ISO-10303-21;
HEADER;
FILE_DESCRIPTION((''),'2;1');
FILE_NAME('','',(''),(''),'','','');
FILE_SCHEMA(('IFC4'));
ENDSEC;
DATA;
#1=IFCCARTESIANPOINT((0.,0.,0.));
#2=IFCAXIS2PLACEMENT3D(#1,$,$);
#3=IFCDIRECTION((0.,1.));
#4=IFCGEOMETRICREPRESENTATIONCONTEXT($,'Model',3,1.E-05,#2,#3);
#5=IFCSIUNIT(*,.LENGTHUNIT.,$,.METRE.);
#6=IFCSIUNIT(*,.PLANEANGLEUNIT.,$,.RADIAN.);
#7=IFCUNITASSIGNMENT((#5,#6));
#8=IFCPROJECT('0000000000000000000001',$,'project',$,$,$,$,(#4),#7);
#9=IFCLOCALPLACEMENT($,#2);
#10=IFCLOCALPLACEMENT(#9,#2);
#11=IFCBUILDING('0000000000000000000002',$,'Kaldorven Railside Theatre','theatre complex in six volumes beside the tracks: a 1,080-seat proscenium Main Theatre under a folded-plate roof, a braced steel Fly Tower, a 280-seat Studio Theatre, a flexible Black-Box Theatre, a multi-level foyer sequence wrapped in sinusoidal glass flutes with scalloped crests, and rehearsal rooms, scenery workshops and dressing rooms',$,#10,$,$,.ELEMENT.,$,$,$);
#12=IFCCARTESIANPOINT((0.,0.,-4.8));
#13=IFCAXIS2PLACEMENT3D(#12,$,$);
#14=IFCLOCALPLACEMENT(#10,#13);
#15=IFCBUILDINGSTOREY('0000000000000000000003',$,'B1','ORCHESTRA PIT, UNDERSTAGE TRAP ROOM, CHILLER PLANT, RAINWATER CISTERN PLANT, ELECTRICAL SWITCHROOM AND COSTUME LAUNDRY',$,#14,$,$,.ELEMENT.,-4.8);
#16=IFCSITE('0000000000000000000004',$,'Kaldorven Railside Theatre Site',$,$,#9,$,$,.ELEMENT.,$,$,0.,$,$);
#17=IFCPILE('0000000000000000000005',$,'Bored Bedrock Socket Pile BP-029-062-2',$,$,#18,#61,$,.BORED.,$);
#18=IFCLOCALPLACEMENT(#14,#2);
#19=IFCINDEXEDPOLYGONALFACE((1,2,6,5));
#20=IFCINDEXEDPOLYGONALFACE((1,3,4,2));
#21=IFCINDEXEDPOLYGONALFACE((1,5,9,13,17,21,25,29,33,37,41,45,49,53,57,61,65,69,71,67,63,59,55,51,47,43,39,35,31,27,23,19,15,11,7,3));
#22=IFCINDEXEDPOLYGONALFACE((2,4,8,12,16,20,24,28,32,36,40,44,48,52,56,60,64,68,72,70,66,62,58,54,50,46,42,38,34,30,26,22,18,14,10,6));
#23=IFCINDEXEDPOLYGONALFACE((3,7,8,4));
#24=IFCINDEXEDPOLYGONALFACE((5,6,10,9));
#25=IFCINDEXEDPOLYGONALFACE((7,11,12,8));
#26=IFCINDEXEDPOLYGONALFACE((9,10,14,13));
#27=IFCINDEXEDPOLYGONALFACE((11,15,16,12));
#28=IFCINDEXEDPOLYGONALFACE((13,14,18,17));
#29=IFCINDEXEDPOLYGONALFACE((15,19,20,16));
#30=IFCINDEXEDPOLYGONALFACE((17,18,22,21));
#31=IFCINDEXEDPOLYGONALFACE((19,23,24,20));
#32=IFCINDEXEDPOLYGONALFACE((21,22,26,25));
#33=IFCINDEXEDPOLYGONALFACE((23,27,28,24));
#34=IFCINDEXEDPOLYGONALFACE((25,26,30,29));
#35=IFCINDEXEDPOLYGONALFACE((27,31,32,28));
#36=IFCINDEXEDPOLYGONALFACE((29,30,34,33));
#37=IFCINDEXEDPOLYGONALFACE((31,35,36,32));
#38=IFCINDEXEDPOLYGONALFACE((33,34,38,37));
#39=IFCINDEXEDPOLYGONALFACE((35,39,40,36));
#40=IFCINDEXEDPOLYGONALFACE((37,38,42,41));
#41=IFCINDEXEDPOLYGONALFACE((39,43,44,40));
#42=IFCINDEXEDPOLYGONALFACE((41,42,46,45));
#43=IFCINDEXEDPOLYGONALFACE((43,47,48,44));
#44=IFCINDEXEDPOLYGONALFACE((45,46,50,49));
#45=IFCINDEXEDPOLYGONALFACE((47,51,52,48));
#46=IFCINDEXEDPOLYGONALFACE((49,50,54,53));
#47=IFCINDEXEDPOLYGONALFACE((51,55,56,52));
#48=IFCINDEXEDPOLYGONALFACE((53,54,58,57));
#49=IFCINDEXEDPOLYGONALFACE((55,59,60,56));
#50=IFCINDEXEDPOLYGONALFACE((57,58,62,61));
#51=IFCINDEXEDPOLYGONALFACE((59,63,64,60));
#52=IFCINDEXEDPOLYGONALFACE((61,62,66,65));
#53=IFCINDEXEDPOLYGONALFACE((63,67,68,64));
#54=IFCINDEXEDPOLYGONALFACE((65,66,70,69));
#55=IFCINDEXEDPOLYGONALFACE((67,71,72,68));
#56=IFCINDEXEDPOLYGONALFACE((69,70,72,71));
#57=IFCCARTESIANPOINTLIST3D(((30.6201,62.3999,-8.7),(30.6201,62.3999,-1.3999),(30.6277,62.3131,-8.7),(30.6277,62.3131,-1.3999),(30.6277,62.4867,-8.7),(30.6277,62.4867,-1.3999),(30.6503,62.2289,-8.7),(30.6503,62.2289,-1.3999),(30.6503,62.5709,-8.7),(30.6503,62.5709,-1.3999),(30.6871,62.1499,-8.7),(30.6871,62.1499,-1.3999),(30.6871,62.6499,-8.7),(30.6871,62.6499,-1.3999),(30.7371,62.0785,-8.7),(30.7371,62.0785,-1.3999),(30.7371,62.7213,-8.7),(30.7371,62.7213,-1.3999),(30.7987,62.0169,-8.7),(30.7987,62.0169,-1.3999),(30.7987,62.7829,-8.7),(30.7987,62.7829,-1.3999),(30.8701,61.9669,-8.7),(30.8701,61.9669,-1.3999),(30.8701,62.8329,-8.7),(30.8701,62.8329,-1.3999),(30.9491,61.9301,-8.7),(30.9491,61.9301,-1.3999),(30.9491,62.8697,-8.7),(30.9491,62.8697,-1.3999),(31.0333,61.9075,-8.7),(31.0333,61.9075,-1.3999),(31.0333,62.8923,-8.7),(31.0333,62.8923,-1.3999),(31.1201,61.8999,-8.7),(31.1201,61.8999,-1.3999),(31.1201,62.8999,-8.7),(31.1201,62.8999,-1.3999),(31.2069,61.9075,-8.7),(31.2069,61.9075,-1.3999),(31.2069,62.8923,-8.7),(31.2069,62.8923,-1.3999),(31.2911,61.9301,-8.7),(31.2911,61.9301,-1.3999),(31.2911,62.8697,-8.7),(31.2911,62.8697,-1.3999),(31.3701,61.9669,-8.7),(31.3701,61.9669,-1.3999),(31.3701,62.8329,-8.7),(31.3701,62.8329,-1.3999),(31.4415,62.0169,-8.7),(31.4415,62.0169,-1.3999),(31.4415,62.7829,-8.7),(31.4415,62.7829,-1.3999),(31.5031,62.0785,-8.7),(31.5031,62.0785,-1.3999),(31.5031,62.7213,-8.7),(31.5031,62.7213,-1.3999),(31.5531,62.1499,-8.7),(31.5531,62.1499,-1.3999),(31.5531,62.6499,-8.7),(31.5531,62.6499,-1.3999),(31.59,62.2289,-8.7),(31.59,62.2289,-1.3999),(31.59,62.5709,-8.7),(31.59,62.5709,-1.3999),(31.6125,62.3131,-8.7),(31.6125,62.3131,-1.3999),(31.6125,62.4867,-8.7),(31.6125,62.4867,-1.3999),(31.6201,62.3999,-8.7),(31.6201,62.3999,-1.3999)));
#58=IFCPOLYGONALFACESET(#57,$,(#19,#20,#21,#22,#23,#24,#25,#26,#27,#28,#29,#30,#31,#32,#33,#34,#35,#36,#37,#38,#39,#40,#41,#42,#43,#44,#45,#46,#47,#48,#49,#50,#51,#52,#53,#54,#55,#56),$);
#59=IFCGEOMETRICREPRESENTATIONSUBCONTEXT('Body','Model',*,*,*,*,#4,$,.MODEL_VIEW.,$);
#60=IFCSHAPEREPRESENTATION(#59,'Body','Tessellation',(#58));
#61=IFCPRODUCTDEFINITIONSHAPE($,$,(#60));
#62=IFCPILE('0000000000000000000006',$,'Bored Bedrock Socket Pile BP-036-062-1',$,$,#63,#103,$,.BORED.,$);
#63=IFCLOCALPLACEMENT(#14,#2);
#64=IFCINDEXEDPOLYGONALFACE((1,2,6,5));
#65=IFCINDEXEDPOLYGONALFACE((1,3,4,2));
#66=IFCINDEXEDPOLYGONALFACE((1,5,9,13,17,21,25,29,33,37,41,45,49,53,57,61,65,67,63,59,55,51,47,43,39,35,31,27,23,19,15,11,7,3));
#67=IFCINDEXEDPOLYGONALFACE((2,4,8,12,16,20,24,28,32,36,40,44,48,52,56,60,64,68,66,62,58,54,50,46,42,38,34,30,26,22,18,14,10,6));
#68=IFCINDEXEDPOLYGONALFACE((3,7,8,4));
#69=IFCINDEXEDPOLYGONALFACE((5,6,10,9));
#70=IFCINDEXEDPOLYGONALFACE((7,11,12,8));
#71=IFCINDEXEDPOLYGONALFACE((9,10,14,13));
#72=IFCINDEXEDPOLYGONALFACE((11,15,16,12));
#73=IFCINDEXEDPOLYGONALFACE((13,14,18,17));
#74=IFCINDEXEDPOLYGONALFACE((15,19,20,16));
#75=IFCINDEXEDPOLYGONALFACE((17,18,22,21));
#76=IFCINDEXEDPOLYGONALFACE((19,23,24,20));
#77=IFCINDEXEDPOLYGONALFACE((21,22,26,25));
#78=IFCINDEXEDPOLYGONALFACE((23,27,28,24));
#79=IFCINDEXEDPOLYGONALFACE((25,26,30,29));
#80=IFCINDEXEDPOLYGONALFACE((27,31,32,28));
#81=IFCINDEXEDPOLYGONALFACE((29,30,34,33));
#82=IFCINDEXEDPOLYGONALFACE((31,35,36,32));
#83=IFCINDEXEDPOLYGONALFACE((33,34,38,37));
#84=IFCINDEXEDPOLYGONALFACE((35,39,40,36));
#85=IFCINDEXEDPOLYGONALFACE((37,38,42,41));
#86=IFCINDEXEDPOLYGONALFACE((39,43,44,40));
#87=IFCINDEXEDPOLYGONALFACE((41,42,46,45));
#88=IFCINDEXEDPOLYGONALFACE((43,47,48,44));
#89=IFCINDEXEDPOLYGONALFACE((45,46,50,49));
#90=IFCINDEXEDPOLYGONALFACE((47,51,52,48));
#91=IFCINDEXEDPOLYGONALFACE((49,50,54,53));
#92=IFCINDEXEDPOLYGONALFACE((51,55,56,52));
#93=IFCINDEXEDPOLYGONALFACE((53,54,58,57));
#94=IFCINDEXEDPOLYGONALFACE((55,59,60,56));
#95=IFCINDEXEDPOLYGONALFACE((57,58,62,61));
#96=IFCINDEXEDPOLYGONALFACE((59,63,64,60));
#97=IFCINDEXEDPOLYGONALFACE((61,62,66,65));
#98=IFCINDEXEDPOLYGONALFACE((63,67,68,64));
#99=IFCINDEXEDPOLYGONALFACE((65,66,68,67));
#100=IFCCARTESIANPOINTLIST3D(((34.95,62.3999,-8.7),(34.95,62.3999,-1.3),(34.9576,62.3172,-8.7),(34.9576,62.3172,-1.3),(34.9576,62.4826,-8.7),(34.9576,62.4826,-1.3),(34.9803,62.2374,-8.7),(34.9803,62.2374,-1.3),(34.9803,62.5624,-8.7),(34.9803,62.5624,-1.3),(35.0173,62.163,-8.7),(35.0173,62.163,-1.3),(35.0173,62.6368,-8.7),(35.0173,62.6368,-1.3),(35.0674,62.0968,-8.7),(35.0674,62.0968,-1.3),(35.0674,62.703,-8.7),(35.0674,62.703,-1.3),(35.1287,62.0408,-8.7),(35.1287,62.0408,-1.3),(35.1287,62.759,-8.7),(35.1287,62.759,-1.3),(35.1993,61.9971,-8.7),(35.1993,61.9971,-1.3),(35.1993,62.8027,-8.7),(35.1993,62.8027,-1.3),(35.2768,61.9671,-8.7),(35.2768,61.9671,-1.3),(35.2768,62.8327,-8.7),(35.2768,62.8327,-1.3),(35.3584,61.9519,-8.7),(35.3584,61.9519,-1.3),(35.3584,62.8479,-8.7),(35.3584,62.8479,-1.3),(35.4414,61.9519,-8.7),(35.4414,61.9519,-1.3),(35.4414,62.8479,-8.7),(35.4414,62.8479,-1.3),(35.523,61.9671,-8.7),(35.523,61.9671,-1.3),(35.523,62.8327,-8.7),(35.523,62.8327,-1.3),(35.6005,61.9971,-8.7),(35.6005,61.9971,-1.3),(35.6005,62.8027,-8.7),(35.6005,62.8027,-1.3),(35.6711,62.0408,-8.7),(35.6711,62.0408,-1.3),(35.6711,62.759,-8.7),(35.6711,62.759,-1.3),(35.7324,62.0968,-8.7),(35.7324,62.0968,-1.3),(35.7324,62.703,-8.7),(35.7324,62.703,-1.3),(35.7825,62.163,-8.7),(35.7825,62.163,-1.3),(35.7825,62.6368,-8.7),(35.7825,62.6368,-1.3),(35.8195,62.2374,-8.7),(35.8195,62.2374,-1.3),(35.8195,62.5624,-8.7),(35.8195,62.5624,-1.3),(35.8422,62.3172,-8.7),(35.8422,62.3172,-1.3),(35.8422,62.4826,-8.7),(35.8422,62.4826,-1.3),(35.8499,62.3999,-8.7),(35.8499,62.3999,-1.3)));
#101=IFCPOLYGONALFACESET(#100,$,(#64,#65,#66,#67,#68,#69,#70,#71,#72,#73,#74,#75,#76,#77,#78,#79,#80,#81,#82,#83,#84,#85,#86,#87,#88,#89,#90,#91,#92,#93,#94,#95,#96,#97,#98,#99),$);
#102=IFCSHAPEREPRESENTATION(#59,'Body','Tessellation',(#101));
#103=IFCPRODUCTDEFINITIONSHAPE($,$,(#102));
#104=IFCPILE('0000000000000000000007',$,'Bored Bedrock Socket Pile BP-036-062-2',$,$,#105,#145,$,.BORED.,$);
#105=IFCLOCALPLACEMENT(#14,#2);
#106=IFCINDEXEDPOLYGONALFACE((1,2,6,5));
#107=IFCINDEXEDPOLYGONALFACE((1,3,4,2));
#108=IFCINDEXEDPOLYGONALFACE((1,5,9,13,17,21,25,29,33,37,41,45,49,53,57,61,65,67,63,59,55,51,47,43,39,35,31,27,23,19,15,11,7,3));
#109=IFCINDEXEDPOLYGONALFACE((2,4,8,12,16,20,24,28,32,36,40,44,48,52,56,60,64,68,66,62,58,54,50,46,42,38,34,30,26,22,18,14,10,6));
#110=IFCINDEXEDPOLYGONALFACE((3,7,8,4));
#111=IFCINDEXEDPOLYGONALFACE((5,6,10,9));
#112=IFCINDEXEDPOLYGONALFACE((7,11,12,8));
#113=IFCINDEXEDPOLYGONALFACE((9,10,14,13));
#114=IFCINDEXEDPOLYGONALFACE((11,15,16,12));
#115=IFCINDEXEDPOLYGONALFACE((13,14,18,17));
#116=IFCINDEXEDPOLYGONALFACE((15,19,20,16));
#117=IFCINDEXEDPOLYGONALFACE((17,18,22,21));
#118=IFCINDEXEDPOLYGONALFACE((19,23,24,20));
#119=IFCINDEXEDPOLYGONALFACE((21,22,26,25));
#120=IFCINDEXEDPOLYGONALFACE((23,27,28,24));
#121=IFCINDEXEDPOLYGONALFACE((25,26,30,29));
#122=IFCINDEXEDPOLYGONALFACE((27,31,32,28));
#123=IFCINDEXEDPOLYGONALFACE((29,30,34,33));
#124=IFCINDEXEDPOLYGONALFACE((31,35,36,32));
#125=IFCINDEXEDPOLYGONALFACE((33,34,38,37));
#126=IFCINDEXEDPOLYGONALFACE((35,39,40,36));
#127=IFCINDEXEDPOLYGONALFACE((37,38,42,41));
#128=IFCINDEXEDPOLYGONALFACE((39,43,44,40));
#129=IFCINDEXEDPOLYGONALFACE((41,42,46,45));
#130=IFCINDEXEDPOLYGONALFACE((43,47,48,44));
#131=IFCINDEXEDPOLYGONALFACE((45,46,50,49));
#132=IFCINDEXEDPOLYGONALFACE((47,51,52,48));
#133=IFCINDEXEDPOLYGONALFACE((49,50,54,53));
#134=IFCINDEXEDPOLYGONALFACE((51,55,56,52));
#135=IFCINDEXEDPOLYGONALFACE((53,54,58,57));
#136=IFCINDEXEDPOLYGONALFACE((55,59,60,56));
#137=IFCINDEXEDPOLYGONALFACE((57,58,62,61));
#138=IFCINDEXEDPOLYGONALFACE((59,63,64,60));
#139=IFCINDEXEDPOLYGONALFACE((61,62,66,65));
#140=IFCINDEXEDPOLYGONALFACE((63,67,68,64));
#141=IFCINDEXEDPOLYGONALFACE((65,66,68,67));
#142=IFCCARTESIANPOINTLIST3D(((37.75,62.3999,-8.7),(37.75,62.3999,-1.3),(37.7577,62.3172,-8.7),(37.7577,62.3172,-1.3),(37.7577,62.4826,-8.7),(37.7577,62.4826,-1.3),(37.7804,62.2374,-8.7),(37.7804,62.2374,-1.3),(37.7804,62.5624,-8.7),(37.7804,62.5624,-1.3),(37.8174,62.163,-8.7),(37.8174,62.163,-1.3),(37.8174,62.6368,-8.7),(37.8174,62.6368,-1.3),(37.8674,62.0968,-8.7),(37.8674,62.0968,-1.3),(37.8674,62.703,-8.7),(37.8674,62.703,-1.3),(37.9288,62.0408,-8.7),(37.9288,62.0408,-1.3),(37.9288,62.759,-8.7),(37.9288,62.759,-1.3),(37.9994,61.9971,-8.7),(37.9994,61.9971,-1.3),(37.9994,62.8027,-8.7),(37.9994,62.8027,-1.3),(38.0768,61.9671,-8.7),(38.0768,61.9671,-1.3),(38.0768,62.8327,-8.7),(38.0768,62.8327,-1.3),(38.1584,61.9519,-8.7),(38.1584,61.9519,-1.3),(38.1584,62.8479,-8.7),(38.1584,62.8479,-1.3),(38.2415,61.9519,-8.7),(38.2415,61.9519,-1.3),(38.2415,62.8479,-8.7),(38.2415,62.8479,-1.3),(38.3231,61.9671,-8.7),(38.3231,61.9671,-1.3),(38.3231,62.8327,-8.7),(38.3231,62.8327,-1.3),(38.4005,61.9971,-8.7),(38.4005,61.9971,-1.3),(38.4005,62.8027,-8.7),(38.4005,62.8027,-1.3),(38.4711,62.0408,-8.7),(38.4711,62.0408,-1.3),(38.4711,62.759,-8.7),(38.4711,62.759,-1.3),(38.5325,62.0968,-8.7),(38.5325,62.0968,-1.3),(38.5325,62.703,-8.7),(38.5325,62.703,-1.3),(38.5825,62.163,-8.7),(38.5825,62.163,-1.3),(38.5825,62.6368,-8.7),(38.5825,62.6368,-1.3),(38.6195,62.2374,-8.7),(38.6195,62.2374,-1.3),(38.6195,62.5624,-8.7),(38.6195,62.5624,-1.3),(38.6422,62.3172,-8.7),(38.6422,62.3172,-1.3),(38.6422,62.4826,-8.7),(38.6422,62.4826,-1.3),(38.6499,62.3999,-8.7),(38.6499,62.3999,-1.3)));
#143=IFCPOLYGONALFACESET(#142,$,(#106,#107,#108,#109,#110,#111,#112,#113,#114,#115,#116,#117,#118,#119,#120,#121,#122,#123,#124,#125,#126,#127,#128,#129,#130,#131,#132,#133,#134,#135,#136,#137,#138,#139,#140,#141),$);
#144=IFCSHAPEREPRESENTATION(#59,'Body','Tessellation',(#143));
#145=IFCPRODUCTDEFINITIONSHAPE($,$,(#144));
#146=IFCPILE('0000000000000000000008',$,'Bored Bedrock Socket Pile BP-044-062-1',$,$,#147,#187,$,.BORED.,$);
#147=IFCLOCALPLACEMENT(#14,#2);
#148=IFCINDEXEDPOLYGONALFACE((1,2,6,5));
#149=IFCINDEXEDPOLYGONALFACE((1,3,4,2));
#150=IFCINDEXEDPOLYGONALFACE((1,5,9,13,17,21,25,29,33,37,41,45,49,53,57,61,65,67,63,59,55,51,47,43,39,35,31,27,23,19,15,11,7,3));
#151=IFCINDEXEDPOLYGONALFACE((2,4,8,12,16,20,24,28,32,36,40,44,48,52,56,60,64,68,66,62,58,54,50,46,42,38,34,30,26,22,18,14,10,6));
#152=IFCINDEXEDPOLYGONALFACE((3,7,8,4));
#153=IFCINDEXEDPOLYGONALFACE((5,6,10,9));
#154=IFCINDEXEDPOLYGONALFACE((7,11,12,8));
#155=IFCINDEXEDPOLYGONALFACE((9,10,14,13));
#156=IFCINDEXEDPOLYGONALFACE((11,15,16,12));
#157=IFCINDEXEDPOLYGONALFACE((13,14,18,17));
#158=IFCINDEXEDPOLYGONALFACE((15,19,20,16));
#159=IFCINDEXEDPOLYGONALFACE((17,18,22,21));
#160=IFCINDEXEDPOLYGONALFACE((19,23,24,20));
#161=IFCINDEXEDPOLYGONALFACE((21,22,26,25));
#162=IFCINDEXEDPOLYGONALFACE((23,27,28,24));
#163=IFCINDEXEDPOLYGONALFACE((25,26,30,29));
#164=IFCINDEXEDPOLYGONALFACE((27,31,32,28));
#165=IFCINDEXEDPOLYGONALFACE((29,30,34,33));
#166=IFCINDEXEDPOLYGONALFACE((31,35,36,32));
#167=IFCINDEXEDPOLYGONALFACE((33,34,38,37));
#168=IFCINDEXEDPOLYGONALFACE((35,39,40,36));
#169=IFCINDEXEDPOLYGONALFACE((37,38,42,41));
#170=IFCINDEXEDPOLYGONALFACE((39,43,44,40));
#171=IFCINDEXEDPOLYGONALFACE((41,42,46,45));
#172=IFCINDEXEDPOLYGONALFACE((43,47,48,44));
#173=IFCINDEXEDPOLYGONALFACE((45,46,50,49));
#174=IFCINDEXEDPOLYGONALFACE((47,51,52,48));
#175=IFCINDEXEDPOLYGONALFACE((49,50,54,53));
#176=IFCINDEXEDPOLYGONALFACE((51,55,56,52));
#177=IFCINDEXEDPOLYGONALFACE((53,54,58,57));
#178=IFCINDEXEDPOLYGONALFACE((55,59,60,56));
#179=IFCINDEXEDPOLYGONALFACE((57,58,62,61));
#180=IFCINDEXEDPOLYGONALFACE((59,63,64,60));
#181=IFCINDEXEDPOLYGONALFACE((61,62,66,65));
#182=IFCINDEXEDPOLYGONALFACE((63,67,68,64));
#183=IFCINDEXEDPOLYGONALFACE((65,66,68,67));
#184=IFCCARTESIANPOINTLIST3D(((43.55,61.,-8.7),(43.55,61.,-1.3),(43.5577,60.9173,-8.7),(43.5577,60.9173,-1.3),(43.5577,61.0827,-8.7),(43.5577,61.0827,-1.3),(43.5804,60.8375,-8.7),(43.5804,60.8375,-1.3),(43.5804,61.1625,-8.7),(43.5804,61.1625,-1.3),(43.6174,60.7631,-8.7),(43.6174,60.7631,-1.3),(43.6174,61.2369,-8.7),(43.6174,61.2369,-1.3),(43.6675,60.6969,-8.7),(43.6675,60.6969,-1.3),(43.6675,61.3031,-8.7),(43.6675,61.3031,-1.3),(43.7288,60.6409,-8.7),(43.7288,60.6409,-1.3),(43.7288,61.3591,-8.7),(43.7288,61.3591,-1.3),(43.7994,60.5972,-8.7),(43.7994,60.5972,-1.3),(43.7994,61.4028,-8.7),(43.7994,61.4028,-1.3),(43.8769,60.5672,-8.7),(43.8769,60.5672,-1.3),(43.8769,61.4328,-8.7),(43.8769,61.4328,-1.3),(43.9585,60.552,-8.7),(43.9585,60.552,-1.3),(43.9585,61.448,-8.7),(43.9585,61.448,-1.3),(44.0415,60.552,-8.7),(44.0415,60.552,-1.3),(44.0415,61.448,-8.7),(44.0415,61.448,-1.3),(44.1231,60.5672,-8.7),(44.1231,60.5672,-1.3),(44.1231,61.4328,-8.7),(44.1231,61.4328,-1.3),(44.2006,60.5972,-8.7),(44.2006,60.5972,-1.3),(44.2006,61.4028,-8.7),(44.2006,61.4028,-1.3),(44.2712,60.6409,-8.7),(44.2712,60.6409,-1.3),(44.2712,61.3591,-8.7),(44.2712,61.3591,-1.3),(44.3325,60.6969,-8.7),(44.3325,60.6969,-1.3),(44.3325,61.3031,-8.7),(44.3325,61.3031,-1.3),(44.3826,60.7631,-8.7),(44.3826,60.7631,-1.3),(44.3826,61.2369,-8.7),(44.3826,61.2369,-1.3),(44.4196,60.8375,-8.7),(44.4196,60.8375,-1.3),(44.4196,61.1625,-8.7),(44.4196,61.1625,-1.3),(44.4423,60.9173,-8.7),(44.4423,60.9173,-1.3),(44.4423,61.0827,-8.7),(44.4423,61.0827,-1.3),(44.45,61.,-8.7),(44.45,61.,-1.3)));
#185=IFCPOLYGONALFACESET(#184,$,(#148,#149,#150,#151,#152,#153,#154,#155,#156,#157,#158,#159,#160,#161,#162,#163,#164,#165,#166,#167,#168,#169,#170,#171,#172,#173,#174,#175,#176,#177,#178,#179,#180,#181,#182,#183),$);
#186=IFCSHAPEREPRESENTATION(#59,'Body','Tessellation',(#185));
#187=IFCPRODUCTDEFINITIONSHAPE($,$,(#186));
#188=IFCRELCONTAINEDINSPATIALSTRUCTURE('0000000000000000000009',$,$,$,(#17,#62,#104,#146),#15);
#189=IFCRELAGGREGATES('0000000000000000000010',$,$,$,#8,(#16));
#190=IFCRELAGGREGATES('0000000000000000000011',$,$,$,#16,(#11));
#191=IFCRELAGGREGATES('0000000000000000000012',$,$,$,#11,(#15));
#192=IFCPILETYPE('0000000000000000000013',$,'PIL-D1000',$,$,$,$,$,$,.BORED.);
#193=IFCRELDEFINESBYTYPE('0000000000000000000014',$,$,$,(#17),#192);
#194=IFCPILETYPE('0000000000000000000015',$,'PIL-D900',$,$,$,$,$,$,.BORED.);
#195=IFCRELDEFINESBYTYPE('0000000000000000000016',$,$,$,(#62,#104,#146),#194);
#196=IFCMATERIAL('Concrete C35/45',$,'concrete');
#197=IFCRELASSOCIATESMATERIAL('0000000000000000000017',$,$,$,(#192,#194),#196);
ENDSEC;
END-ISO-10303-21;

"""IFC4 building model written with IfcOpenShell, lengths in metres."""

from ifc_helpers import new_model, si_unit, direction, frame, origin, origin_2d, place, context, subcontext, project, spatial, circle, extrude, material, material_profile, profile_set, type_object, element, save


model = new_model("IFC4")

# Units and contexts
model_context = context("Model", 3, precision=1e-05, world=origin(), true_north=direction((0.0, 1.0)))
body_context = subcontext(model_context, "Body", "Model", "MODEL_VIEW")
ifc_project = project(units=[si_unit("LENGTHUNIT", "METRE"), si_unit("PLANEANGLEUNIT", "RADIAN")], contexts=[model_context])

# Site, building, storey
site_placement = place(None, origin())
site = spatial("IfcSite", under=ifc_project, at=site_placement, Name="Kaldorven Railside Theatre Site", CompositionType="ELEMENT", RefElevation=0.0)
building_placement = place(site_placement, origin())
building = spatial("IfcBuilding", under=site, at=building_placement, Name="Kaldorven Railside Theatre", Description="theatre complex in six volumes beside the tracks: a 1,080-seat proscenium Main Theatre under a folded-plate roof, a braced steel Fly Tower, a 280-seat Studio Theatre, a flexible Black-Box Theatre, a multi-level foyer sequence wrapped in sinusoidal glass flutes with scalloped crests, and rehearsal rooms, scenery workshops and dressing rooms", CompositionType="ELEMENT")
storey_placement = place(building_placement, frame((0.0, 0.0, -4.8)))
storey = spatial("IfcBuildingStorey", under=building, at=storey_placement, Name="B1", Description="ORCHESTRA PIT, UNDERSTAGE TRAP ROOM, CHILLER PLANT, RAINWATER CISTERN PLANT, ELECTRICAL SWITCHROOM AND COSTUME LAUNDRY", CompositionType="ELEMENT", Elevation=-4.8)

# Piles
ifc_material_1 = material(Name="Concrete C35/45", Category="concrete")
ifc_material_profile_1 = material_profile(ifc_material_1, circle(Radius=0.5, at=origin_2d()), Name="BP D1000")
ifc_profile_set_1 = profile_set([ifc_material_profile_1], Name="Concrete C35/45")
pile_type_1 = type_object("IfcPileType", Name="PIL-D1000", PredefinedType="BORED", material=ifc_profile_set_1)
pile_1_placement = place(storey_placement, frame((31.1201, 62.3999, -1.3999), z_axis=(0.0, 0.0, -1.0), x_axis=(1.0, 0.0, 0.0)))
element("IfcPile", 1, at=pile_1_placement, inside=storey, type_object=pile_type_1, Name="Bored Bedrock Socket Pile BP-029-062-2", PredefinedType="BORED", context=body_context, shape_type="SweptSolid", body=[
    extrude(circle(Radius=0.5, at=origin_2d()), origin(), (0.0, 0.0, 1.0), 7.3),
])
ifc_material_profile_2 = material_profile(ifc_material_1, circle(Radius=0.45, at=origin_2d()), Name="BP D900")
ifc_profile_set_2 = profile_set([ifc_material_profile_2], Name="Concrete C35/45")
pile_type_2 = type_object("IfcPileType", Name="PIL-D900", PredefinedType="BORED", material=ifc_profile_set_2)
for number, where, z_axis, x_axis, name in (
    (2, (35.3999, 62.3999, -1.3), (0.0, 0.0, -1.0), (1.0, 0.0, 0.0), "Bored Bedrock Socket Pile BP-036-062-1"),
    (3, (38.2, 62.3999, -1.3), (0.0, 0.0, -1.0), (1.0, 0.0, 0.0), "Bored Bedrock Socket Pile BP-036-062-2"),
    (4, (44.0, 61.0, -1.3), (0.0, 0.0, -1.0), (1.0, 0.0, 0.0), "Bored Bedrock Socket Pile BP-044-062-1"),
):
    element("IfcPile", number, at=place(storey_placement, frame(where, z_axis=z_axis, x_axis=x_axis)), inside=storey, type_object=pile_type_2, Name=name, PredefinedType="BORED", context=body_context, shape_type="SweptSolid", body=[
        extrude(circle(Radius=0.45, at=origin_2d()), origin(), (0.0, 0.0, 1.0), 7.3999),
    ])

save(model, "model.ifc")
